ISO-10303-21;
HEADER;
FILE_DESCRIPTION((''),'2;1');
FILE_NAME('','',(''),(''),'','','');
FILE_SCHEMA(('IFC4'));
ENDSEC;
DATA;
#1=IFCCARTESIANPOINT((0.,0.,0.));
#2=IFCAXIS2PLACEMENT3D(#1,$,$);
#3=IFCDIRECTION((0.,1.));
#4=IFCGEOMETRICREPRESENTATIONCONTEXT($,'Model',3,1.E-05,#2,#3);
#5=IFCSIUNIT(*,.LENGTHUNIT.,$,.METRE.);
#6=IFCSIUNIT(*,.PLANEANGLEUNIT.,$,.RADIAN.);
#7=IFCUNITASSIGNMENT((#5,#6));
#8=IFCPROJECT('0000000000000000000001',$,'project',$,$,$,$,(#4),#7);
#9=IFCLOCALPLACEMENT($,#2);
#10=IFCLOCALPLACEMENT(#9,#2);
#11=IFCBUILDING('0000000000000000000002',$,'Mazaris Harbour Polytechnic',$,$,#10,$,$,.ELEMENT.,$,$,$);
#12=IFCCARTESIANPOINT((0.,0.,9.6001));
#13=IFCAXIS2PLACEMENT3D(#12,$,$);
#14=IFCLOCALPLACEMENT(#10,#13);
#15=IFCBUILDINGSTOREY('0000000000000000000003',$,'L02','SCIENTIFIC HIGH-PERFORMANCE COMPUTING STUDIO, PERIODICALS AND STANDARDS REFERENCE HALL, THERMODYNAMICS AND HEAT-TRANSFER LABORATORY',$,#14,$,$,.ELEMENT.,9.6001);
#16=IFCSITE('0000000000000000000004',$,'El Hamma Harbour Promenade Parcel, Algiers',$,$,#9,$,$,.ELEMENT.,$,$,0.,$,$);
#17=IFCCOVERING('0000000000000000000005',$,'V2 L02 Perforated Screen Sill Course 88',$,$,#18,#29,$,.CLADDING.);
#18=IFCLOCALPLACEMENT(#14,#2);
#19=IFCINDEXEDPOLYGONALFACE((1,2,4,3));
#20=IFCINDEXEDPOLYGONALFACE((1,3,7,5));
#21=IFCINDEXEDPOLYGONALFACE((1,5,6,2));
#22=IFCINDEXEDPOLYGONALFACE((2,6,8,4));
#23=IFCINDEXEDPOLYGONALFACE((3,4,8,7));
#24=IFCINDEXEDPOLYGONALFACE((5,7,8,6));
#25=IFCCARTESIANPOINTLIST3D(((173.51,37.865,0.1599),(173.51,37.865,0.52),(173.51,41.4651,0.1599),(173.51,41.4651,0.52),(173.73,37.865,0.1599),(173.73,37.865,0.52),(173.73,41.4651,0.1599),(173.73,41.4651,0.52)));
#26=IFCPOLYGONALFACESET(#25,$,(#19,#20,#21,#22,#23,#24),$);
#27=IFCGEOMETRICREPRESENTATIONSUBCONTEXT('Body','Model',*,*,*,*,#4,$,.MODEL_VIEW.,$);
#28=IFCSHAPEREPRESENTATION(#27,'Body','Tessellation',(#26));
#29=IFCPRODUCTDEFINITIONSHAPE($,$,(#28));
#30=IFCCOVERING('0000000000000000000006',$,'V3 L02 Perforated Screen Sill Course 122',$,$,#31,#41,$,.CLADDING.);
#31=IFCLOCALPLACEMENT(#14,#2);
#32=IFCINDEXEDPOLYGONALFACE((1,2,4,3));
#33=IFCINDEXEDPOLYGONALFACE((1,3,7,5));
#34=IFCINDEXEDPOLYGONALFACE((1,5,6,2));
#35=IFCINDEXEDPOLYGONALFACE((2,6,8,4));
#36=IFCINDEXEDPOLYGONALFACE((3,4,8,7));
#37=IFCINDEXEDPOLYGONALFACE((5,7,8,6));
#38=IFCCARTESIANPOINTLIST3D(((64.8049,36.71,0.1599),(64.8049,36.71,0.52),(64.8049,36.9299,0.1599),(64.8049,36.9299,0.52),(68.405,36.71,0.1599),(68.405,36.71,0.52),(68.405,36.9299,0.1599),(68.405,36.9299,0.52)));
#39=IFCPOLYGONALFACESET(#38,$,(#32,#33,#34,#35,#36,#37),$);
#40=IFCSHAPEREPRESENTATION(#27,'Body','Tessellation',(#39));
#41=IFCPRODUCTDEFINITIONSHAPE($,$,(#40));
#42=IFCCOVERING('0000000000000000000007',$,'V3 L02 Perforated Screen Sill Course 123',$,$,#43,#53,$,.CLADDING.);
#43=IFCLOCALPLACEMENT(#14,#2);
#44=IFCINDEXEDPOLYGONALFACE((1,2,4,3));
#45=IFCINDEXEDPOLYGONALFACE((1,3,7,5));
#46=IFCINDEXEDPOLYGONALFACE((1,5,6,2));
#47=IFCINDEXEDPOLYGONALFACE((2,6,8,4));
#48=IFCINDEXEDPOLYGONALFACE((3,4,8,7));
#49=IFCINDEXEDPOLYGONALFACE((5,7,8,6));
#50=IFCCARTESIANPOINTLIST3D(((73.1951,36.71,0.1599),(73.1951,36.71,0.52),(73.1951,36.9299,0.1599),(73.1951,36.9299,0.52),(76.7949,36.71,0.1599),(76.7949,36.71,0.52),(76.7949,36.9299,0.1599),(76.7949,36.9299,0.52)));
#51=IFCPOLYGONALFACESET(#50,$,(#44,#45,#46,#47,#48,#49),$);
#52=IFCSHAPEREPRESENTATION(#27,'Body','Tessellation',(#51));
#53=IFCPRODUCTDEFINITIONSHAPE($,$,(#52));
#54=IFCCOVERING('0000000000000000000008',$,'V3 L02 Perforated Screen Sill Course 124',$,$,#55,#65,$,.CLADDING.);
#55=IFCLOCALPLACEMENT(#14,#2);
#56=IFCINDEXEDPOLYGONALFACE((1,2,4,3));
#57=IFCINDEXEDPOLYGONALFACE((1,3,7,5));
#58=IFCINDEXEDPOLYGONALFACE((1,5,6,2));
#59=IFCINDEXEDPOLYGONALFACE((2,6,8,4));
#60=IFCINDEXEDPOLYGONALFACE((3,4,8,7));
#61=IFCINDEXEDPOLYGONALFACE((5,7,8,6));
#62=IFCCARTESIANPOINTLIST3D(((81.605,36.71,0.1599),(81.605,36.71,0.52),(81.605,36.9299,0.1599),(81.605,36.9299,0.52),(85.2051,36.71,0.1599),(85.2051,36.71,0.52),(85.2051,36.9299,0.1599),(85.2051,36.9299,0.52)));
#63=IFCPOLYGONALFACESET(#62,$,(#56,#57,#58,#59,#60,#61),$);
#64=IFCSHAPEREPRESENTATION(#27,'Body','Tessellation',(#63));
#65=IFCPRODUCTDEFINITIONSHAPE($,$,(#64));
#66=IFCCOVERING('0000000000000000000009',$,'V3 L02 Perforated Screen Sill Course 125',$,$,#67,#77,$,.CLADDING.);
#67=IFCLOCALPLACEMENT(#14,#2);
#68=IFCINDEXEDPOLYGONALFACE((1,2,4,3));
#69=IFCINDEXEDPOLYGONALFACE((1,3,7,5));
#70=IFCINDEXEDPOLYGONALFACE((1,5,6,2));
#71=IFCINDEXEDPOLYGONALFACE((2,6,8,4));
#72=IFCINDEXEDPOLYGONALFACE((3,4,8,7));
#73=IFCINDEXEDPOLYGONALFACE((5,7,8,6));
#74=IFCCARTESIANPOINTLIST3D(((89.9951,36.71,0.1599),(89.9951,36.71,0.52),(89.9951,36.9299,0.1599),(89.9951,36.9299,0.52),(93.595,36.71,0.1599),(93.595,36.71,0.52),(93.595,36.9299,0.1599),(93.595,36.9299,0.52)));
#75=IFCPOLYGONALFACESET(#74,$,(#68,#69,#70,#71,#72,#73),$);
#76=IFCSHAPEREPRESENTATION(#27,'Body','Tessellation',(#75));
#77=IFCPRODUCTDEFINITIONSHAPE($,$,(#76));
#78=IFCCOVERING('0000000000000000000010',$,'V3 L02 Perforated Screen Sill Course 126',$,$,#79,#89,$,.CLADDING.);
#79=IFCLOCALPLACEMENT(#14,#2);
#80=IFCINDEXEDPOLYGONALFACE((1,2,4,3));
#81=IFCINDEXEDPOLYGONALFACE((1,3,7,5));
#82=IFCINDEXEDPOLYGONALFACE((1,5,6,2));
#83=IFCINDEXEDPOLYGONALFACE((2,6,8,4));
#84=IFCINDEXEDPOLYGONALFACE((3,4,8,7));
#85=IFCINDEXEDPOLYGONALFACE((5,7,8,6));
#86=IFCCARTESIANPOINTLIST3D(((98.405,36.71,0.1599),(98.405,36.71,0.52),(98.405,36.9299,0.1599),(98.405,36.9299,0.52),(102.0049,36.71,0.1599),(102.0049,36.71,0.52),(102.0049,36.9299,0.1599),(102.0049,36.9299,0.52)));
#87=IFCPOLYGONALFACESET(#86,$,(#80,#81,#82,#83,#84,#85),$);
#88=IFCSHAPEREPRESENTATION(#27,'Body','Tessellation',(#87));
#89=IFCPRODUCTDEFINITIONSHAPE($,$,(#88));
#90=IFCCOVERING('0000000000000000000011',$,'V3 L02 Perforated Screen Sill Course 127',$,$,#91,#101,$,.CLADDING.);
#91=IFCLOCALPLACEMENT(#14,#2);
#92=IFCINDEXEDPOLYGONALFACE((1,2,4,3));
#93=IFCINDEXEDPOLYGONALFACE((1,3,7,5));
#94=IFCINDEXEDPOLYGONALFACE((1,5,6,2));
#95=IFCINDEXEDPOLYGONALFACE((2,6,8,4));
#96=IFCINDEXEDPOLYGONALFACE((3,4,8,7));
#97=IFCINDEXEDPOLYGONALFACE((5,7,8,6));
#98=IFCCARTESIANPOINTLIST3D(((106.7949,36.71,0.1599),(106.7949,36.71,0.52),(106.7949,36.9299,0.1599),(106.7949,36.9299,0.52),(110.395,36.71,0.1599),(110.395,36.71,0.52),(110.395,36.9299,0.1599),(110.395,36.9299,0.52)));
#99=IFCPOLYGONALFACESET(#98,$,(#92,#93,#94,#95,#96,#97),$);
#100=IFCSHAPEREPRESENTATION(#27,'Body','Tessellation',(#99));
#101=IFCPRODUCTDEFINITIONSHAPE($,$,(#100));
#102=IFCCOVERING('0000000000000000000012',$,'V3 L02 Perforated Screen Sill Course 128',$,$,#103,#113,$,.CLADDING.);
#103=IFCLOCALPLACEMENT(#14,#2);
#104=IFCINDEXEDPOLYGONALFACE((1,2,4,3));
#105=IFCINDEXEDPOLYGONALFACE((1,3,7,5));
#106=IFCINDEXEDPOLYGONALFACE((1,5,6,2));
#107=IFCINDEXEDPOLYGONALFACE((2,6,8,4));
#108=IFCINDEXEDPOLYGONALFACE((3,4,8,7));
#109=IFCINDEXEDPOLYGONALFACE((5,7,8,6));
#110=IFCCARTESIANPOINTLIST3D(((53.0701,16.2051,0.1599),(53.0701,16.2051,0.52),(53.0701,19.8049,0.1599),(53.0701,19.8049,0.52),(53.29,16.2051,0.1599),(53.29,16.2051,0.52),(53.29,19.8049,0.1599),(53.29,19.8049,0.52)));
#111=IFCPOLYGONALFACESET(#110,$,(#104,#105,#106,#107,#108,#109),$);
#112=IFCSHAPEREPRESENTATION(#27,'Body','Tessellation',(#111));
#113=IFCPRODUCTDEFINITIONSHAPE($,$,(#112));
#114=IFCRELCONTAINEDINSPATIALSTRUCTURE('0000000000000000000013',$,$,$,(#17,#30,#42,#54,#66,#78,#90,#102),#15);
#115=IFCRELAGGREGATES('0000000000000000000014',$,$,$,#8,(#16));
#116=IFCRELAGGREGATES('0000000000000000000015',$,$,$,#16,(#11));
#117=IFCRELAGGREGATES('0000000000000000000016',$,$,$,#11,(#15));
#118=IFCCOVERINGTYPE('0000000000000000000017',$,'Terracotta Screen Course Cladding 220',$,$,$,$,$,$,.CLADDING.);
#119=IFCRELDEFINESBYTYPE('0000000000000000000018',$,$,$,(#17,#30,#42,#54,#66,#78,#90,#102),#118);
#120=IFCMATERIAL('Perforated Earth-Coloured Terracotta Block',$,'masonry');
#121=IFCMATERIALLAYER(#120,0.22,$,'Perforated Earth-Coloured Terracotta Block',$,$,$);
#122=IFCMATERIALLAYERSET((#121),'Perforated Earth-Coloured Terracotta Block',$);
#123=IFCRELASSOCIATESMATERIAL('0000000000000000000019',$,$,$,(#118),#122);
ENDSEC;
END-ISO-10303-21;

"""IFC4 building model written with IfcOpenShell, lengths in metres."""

from ifc_helpers import new_model, si_unit, direction, frame, origin, place, context, subcontext, project, spatial, polyline, outline, extrude, material, layer, layer_set, type_object, element, save


model = new_model("IFC4")

# Units and contexts
model_context = context("Model", 3, precision=1e-05, world=origin(), true_north=direction((0.0, 1.0)))
body_context = subcontext(model_context, "Body", "Model", "MODEL_VIEW")
ifc_project = project(units=[si_unit("LENGTHUNIT", "METRE"), si_unit("PLANEANGLEUNIT", "RADIAN")], contexts=[model_context])

# Site, building, storey
site_placement = place(None, origin())
site = spatial("IfcSite", under=ifc_project, at=site_placement, Name="El Hamma Harbour Promenade Parcel, Algiers", CompositionType="ELEMENT", RefElevation=0.0)
building_placement = place(site_placement, origin())
building = spatial("IfcBuilding", under=site, at=building_placement, Name="Mazaris Harbour Polytechnic", CompositionType="ELEMENT")
storey_placement = place(building_placement, frame((0.0, 0.0, 9.6001)))
storey = spatial("IfcBuildingStorey", under=building, at=storey_placement, Name="L02", Description="SCIENTIFIC HIGH-PERFORMANCE COMPUTING STUDIO, PERIODICALS AND STANDARDS REFERENCE HALL, THERMODYNAMICS AND HEAT-TRANSFER LABORATORY", CompositionType="ELEMENT", Elevation=9.6001)

# Coverings
ifc_material = material(Name="Perforated Earth-Coloured Terracotta Block", Category="masonry")
ifc_layer = layer(ifc_material, 0.22, Name="Perforated Earth-Coloured Terracotta Block")
ifc_layer_set = layer_set([ifc_layer], Name="Perforated Earth-Coloured Terracotta Block")
covering_type = type_object("IfcCoveringType", Name="Terracotta Screen Course Cladding 220", PredefinedType="CLADDING", material=ifc_layer_set)
covering_1_placement = place(storey_placement, frame((0.0, 0.0, 0.1599)))
element("IfcCovering", 1, at=covering_1_placement, inside=storey, type_object=covering_type, Name="V2 L02 Perforated Screen Sill Course 88", PredefinedType="CLADDING", context=body_context, shape_type="SweptSolid", body=[
    extrude(outline(polyline([(173.51, 41.4651), (173.51, 37.865), (173.73, 37.865), (173.73, 41.4651), (173.51, 41.4651)])), origin(), (0.0, 0.0, 1.0), 0.3601),
])
covering_2_placement = place(storey_placement, frame((0.0, 0.0, 0.1599)))
element("IfcCovering", 2, at=covering_2_placement, inside=storey, type_object=covering_type, Name="V3 L02 Perforated Screen Sill Course 122", PredefinedType="CLADDING", context=body_context, shape_type="SweptSolid", body=[
    extrude(outline(polyline([(64.8049, 36.71), (68.405, 36.71), (68.405, 36.9299), (64.8049, 36.9299), (64.8049, 36.71)])), origin(), (0.0, 0.0, 1.0), 0.3601),
])
covering_3_placement = place(storey_placement, frame((0.0, 0.0, 0.1599)))
element("IfcCovering", 3, at=covering_3_placement, inside=storey, type_object=covering_type, Name="V3 L02 Perforated Screen Sill Course 123", PredefinedType="CLADDING", context=body_context, shape_type="SweptSolid", body=[
    extrude(outline(polyline([(73.1951, 36.71), (76.7949, 36.71), (76.7949, 36.9299), (73.1951, 36.9299), (73.1951, 36.71)])), origin(), (0.0, 0.0, 1.0), 0.3601),
])
covering_4_placement = place(storey_placement, frame((0.0, 0.0, 0.1599)))
element("IfcCovering", 4, at=covering_4_placement, inside=storey, type_object=covering_type, Name="V3 L02 Perforated Screen Sill Course 124", PredefinedType="CLADDING", context=body_context, shape_type="SweptSolid", body=[
    extrude(outline(polyline([(81.605, 36.71), (85.2051, 36.71), (85.2051, 36.9299), (81.605, 36.9299), (81.605, 36.71)])), origin(), (0.0, 0.0, 1.0), 0.3601),
])
covering_5_placement = place(storey_placement, frame((0.0, 0.0, 0.1599)))
element("IfcCovering", 5, at=covering_5_placement, inside=storey, type_object=covering_type, Name="V3 L02 Perforated Screen Sill Course 125", PredefinedType="CLADDING", context=body_context, shape_type="SweptSolid", body=[
    extrude(outline(polyline([(89.9951, 36.71), (93.595, 36.71), (93.595, 36.9299), (89.9951, 36.9299), (89.9951, 36.71)])), origin(), (0.0, 0.0, 1.0), 0.3601),
])
covering_6_placement = place(storey_placement, frame((0.0, 0.0, 0.1599)))
element("IfcCovering", 6, at=covering_6_placement, inside=storey, type_object=covering_type, Name="V3 L02 Perforated Screen Sill Course 126", PredefinedType="CLADDING", context=body_context, shape_type="SweptSolid", body=[
    extrude(outline(polyline([(98.405, 36.71), (102.0049, 36.71), (102.0049, 36.9299), (98.405, 36.9299), (98.405, 36.71)])), origin(), (0.0, 0.0, 1.0), 0.3601),
])
covering_7_placement = place(storey_placement, frame((0.0, 0.0, 0.1599)))
element("IfcCovering", 7, at=covering_7_placement, inside=storey, type_object=covering_type, Name="V3 L02 Perforated Screen Sill Course 127", PredefinedType="CLADDING", context=body_context, shape_type="SweptSolid", body=[
    extrude(outline(polyline([(106.7949, 36.71), (110.395, 36.71), (110.395, 36.9299), (106.7949, 36.9299), (106.7949, 36.71)])), origin(), (0.0, 0.0, 1.0), 0.3601),
])
covering_8_placement = place(storey_placement, frame((0.0, 0.0, 0.1599)))
element("IfcCovering", 8, at=covering_8_placement, inside=storey, type_object=covering_type, Name="V3 L02 Perforated Screen Sill Course 128", PredefinedType="CLADDING", context=body_context, shape_type="SweptSolid", body=[
    extrude(outline(polyline([(53.29, 16.2051), (53.29, 19.8049), (53.0701, 19.8049), (53.0701, 16.2051), (53.29, 16.2051)])), origin(), (0.0, 0.0, 1.0), 0.3601),
])

save(model, "model.ifc")
